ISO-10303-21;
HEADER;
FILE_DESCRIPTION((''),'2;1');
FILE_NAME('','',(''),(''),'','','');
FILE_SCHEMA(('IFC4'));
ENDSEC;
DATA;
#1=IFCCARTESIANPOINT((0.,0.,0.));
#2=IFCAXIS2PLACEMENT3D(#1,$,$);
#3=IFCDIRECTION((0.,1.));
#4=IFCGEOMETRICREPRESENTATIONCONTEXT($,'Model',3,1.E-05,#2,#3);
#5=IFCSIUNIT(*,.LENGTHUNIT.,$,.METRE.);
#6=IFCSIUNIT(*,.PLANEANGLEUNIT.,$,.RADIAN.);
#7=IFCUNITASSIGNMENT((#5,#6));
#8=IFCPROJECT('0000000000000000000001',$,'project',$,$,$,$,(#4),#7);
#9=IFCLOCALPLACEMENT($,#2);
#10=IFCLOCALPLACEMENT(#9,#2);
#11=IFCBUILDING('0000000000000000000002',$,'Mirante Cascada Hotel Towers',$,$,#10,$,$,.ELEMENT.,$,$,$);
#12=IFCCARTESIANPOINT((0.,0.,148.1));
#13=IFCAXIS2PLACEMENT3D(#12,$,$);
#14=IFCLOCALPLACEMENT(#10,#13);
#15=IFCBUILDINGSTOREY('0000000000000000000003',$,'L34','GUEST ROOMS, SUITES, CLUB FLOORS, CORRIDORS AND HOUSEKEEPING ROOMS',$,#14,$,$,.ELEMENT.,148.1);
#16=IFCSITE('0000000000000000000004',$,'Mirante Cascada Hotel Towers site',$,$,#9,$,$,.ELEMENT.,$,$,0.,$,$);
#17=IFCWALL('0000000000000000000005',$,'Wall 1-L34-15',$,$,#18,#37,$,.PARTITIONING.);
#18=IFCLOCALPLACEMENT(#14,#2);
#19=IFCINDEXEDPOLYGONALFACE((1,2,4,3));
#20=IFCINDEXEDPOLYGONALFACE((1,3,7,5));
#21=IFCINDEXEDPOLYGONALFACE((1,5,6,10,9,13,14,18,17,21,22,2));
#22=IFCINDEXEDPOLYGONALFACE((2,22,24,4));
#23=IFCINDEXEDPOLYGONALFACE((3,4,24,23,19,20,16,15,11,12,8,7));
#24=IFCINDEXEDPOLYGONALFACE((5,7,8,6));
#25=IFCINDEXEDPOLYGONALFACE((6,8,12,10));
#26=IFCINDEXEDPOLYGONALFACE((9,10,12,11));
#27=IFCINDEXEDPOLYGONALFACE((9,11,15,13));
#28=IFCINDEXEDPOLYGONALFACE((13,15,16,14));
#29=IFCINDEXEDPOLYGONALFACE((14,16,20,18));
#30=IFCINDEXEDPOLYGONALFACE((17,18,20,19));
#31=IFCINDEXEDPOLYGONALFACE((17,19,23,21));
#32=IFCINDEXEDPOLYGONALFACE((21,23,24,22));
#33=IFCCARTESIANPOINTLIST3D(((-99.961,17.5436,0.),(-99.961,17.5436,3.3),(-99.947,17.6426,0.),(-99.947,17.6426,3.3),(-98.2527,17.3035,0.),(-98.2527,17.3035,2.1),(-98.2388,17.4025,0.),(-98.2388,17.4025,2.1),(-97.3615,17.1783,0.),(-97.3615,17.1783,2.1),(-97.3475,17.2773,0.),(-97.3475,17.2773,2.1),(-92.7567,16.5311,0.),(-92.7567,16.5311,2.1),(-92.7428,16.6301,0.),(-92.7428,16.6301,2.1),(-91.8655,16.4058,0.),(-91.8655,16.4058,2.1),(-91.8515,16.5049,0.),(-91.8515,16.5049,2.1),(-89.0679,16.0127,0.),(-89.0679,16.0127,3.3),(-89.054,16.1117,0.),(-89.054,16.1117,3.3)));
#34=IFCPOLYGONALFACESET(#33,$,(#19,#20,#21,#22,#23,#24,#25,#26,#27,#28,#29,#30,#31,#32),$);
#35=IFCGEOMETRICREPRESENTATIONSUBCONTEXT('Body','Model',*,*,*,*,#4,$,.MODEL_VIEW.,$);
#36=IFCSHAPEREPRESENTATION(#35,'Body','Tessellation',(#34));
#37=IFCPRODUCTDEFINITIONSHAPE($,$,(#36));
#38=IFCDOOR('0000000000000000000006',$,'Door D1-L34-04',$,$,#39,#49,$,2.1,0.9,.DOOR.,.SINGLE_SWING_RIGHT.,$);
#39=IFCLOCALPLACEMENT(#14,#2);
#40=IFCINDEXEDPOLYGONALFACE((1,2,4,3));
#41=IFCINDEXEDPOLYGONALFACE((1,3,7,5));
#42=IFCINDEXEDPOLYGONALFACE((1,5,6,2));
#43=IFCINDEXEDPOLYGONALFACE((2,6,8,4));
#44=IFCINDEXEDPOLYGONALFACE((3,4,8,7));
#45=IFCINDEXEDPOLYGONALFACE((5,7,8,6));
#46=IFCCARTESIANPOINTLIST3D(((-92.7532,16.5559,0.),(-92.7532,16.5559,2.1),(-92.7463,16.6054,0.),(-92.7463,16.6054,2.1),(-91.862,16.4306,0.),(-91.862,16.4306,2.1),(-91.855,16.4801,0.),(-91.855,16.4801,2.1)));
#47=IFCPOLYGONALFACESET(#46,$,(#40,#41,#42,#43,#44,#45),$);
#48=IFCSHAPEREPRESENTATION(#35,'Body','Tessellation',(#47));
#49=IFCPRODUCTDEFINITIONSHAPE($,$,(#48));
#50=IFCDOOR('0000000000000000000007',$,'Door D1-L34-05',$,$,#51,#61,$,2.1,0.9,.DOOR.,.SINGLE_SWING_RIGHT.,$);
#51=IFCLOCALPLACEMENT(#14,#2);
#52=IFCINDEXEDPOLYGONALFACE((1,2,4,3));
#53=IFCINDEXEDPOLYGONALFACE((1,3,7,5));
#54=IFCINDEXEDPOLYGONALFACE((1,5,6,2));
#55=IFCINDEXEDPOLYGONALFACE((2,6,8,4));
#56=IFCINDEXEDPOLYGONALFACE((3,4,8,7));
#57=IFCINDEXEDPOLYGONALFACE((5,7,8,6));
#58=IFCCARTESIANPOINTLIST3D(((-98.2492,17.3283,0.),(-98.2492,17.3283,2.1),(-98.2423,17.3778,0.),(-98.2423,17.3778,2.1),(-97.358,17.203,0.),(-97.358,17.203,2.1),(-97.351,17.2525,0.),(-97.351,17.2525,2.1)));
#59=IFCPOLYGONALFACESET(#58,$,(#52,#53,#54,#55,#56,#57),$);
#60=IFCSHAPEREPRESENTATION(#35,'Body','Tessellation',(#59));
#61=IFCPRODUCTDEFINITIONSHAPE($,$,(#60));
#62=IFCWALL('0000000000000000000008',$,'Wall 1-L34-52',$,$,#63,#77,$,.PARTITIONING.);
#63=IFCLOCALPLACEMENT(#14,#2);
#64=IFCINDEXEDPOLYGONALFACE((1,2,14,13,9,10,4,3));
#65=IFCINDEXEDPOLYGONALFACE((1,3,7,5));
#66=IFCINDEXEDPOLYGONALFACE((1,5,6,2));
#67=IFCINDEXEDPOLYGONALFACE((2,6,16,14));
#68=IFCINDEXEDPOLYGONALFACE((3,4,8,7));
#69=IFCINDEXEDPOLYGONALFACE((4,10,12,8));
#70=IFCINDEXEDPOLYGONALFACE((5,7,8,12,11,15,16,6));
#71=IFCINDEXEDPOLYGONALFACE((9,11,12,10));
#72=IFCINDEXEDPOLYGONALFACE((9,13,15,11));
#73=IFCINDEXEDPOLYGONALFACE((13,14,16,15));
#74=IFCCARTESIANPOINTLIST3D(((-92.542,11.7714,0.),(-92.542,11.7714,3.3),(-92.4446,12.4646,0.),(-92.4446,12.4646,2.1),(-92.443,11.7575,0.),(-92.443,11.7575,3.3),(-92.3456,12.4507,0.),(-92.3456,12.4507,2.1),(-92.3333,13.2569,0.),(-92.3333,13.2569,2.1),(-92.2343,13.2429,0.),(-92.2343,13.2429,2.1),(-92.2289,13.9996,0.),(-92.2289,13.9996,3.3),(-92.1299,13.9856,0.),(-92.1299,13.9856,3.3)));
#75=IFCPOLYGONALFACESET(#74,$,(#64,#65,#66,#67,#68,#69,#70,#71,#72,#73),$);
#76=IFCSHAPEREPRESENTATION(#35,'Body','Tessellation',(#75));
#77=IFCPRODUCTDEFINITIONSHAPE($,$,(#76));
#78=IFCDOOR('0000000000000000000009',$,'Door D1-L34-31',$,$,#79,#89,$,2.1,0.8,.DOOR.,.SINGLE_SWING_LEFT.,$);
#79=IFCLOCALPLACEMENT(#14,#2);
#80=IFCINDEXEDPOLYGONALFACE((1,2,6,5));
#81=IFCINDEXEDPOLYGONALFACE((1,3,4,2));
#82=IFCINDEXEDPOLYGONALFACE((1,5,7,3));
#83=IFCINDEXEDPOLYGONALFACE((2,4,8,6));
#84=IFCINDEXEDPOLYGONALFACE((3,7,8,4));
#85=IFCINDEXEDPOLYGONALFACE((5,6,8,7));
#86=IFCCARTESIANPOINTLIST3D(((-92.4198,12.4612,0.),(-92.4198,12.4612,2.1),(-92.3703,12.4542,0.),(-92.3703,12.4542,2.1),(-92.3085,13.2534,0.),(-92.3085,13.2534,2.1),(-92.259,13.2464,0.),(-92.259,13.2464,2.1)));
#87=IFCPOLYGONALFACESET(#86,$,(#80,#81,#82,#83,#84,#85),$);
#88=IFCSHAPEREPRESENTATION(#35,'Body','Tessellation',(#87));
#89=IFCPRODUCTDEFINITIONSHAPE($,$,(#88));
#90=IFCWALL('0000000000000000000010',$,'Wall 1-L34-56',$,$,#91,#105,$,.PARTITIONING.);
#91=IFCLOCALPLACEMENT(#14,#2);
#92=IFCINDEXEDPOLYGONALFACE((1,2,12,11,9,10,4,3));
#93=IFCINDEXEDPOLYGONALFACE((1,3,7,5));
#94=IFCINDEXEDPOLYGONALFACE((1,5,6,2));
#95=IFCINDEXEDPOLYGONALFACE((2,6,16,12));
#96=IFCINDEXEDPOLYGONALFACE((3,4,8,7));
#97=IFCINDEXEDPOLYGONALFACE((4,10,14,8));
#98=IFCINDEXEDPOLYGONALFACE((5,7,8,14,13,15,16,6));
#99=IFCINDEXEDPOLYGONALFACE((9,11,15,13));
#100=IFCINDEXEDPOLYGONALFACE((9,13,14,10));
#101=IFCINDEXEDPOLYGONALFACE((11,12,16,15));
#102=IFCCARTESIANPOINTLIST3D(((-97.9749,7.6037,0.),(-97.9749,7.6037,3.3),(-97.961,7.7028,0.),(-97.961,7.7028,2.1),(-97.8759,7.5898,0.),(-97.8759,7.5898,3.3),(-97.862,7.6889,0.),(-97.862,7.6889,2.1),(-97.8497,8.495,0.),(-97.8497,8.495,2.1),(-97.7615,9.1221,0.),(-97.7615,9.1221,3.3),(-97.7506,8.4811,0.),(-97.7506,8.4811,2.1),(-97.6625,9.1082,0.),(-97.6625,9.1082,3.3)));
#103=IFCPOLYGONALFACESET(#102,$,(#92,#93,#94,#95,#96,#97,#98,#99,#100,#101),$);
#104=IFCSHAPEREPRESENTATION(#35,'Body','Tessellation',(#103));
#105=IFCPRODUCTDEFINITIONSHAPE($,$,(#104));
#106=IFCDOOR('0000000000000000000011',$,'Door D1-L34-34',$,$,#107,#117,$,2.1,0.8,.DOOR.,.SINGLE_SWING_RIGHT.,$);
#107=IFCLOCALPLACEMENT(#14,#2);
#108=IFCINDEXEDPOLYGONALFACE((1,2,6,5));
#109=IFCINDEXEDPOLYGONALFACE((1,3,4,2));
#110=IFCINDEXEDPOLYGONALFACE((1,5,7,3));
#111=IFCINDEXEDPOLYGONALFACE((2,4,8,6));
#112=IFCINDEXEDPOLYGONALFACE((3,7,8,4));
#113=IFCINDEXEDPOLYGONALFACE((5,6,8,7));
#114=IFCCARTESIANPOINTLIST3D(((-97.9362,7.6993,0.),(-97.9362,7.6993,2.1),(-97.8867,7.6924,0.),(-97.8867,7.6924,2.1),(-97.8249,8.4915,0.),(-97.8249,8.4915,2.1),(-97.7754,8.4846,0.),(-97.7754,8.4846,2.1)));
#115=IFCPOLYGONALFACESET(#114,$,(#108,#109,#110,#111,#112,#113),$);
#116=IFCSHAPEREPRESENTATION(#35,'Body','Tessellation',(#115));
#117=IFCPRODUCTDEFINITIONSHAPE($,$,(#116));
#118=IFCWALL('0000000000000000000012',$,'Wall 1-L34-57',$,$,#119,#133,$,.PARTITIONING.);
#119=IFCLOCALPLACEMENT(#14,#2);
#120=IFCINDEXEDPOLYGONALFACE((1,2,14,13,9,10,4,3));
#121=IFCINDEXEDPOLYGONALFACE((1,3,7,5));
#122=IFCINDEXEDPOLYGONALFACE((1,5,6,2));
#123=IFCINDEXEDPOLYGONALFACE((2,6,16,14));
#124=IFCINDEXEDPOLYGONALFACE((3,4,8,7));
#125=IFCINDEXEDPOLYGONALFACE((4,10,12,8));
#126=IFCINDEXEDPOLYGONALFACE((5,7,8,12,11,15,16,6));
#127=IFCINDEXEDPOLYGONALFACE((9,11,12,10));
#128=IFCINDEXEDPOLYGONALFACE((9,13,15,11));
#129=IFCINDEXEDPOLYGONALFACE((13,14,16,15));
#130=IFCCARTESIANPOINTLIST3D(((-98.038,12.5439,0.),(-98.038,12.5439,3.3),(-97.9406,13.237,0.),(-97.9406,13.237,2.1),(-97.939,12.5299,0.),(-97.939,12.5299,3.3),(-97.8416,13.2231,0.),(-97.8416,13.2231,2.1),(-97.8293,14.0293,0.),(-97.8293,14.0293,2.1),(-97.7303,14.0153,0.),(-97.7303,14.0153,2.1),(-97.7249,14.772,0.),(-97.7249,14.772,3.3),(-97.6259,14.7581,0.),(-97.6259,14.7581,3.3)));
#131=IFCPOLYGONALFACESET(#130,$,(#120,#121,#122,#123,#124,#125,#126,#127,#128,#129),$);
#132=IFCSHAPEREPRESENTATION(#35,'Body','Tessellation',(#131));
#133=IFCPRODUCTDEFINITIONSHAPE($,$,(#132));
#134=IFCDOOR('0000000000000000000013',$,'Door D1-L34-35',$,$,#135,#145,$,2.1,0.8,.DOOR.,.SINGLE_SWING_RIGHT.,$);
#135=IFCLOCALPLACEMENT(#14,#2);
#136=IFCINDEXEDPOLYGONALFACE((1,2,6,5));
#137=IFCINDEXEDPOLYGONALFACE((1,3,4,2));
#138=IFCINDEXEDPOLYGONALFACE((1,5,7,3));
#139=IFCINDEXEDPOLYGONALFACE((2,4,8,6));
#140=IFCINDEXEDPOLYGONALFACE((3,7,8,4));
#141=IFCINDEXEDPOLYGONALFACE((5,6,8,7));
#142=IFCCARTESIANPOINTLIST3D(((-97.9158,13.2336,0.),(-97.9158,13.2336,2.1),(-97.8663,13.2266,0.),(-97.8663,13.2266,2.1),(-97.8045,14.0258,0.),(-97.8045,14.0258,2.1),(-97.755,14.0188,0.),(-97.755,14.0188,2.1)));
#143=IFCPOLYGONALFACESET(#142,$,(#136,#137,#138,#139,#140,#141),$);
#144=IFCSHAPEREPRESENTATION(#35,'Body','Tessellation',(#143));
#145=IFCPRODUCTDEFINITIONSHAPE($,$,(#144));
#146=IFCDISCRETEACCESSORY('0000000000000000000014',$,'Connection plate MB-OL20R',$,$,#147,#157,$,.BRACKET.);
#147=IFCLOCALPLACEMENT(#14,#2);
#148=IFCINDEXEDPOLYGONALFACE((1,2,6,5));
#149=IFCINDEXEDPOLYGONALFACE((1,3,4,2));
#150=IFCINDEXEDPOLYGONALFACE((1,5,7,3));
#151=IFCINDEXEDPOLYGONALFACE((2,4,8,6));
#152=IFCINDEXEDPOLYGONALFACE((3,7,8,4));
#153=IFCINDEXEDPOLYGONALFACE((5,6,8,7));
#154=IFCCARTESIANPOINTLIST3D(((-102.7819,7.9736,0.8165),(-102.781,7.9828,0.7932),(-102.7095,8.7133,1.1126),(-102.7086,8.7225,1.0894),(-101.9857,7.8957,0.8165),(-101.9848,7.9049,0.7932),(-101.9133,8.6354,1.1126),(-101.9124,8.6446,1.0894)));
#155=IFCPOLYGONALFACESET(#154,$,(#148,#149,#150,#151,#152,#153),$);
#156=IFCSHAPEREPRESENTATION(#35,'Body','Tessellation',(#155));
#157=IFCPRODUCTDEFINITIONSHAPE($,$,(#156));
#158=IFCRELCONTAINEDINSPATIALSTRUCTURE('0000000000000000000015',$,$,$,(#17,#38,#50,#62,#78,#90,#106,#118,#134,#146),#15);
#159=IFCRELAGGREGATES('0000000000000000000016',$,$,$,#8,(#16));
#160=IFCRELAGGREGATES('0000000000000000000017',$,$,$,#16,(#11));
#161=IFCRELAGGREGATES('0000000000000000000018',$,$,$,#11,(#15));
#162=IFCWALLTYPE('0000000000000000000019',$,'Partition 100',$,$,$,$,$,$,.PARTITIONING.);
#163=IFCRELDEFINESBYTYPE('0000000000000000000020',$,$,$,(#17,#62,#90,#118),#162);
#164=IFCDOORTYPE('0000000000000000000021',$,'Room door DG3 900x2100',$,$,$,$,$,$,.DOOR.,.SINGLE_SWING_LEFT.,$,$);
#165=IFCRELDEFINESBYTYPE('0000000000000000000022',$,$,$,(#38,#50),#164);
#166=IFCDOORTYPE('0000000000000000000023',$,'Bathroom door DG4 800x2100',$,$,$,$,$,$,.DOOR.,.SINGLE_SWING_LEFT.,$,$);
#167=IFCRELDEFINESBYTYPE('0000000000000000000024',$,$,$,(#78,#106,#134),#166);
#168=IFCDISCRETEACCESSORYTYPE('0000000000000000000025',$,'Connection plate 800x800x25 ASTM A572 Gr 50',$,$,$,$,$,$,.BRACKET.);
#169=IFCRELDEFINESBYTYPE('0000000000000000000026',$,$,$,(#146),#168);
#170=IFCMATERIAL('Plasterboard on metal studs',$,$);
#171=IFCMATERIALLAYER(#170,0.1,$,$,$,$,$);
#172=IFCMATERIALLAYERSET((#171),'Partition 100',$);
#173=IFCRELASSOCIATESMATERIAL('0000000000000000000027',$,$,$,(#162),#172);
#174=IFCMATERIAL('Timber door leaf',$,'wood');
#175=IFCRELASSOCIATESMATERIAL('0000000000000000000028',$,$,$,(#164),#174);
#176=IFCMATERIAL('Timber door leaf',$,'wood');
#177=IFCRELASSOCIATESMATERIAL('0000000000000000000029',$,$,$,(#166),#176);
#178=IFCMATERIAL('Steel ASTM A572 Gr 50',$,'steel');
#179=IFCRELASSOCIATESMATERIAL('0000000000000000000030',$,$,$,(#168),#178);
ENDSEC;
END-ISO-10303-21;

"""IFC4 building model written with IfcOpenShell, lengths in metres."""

from ifc_helpers import new_model, si_unit, direction, frame, frame_2d, origin, origin_2d, place, context, subcontext, project, spatial, rectangle, extrude, material, layer, layer_set, material_profile, profile_set, type_object, element, fill, save


model = new_model("IFC4")

# Units and contexts
model_context = context("Model", 3, precision=1e-05, world=origin(), true_north=direction((0.0, 1.0)))
body_context = subcontext(model_context, "Body", "Model", "MODEL_VIEW")
ifc_project = project(units=[si_unit("LENGTHUNIT", "METRE"), si_unit("PLANEANGLEUNIT", "RADIAN")], contexts=[model_context])

# Site, building, storey
site_placement = place(None, origin())
site = spatial("IfcSite", under=ifc_project, at=site_placement, Name="Mirante Cascada Hotel Towers site", CompositionType="ELEMENT", RefElevation=0.0)
building_placement = place(site_placement, origin())
building = spatial("IfcBuilding", under=site, at=building_placement, Name="Mirante Cascada Hotel Towers", CompositionType="ELEMENT")
storey_placement = place(building_placement, frame((0.0, 0.0, 148.1)))
storey = spatial("IfcBuildingStorey", under=building, at=storey_placement, Name="L34", Description="GUEST ROOMS, SUITES, CLUB FLOORS, CORRIDORS AND HOUSEKEEPING ROOMS", CompositionType="ELEMENT", Elevation=148.1)

# Shared definitions
ifc_material_1 = material(Name="Plasterboard on metal studs")
ifc_layer_1 = layer(ifc_material_1, 0.1)
ifc_layer_set_1 = layer_set([ifc_layer_1], Name="Partition 100")
wall_type_1 = type_object("IfcWallType", Name="Partition 100", PredefinedType="PARTITIONING", material=ifc_layer_set_1)

# Wall, openings, doors
wall_1_placement = place(storey_placement, frame((-89.061, 16.0622, 0.0), z_axis=(0.0, 0.0, 1.0), x_axis=(-0.990268, 0.139172, 0.0)))
wall_1 = element("IfcWall", 1, at=wall_1_placement, inside=storey, type_object=wall_type_1, Name="Wall 1-L34-15", PredefinedType="PARTITIONING", context=body_context, shape_type="SweptSolid", body=[
    extrude(rectangle(XDim=11.0001, YDim=0.1, at=frame_2d((5.5, 0.0))), origin(), (0.0, 0.0, 1.0), 3.3),
])
opening_1_placement = place(wall_1_placement, frame((2.825, 0.0, 0.0)))
opening_1 = element("IfcOpeningElement", 2, at=opening_1_placement, cuts=wall_1, PredefinedType="OPENING", context=body_context, shape_type="SweptSolid", body=[
    extrude(rectangle(XDim=0.9, YDim=2.1, at=frame_2d((0.45, 1.05))), frame((0.0, 0.05, 0.0), z_axis=(0.0, -1.0, 0.0), x_axis=(1.0, 0.0, 0.0)), (0.0, 0.0, 1.0), 0.1),
])
opening_2_placement = place(wall_1_placement, frame((8.375, 0.0, 0.0)))
opening_2 = element("IfcOpeningElement", 3, at=opening_2_placement, cuts=wall_1, PredefinedType="OPENING", context=body_context, shape_type="SweptSolid", body=[
    extrude(rectangle(XDim=0.9, YDim=2.1, at=frame_2d((0.45, 1.05))), frame((0.0, 0.05, 0.0), z_axis=(0.0, -1.0, 0.0), x_axis=(1.0, 0.0, 0.0)), (0.0, 0.0, 1.0), 0.1),
])
ifc_material_2 = material(Name="Timber door leaf", Category="wood")
door_type_1 = type_object("IfcDoorType", Name="Room door DG3 900x2100", OperationType="SINGLE_SWING_LEFT", PredefinedType="DOOR", material=ifc_material_2)
door_1_placement = place(opening_1_placement, frame((0.9, 0.0, 0.0), z_axis=(0.0, 0.0, 1.0), x_axis=(-1.0, 0.0, 0.0)))
door_1 = element("IfcDoor", 4, at=door_1_placement, inside=storey, type_object=door_type_1, Name="Door D1-L34-04", OperationType="SINGLE_SWING_RIGHT", OverallHeight=2.1, OverallWidth=0.9, PredefinedType="DOOR", context=body_context, shape_type="SweptSolid", body=[
    extrude(rectangle(XDim=0.9, YDim=2.1, at=frame_2d((0.45, 1.05))), frame((0.0, 0.025, 0.0), z_axis=(0.0, -1.0, 0.0), x_axis=(1.0, 0.0, 0.0)), (0.0, 0.0, 1.0), 0.05),
])
fill(opening_1, door_1)
door_2_placement = place(opening_2_placement, frame((0.9, 0.0, 0.0), z_axis=(0.0, 0.0, 1.0), x_axis=(-1.0, 0.0, 0.0)))
door_2 = element("IfcDoor", 5, at=door_2_placement, inside=storey, type_object=door_type_1, Name="Door D1-L34-05", OperationType="SINGLE_SWING_RIGHT", OverallHeight=2.1, OverallWidth=0.9, PredefinedType="DOOR", context=body_context, shape_type="SweptSolid", body=[
    extrude(rectangle(XDim=0.9, YDim=2.1, at=frame_2d((0.45, 1.05))), frame((0.0, 0.025, 0.0), z_axis=(0.0, -1.0, 0.0), x_axis=(1.0, 0.0, 0.0)), (0.0, 0.0, 1.0), 0.05),
])
fill(opening_2, door_2)

# Walls, openings, doors
wall_2_placement = place(storey_placement, frame((-92.1794, 13.9926, 0.0), z_axis=(0.0, 0.0, 1.0), x_axis=(-0.139156, -0.990271, 0.0)))
wall_2 = element("IfcWall", 6, at=wall_2_placement, inside=storey, type_object=wall_type_1, Name="Wall 1-L34-52", PredefinedType="PARTITIONING", context=body_context, shape_type="SweptSolid", body=[
    extrude(rectangle(XDim=2.25, YDim=0.1, at=frame_2d((1.125, 0.0))), origin(), (0.0, 0.0, 1.0), 3.3),
])
opening_3_placement = place(wall_2_placement, frame((0.75, 0.0, 0.0)))
opening_3 = element("IfcOpeningElement", 7, at=opening_3_placement, cuts=wall_2, PredefinedType="OPENING", context=body_context, shape_type="SweptSolid", body=[
    extrude(rectangle(XDim=0.8, YDim=2.1, at=frame_2d((0.4, 1.05))), frame((0.0, 0.05, 0.0), z_axis=(0.0, -1.0, 0.0), x_axis=(1.0, 0.0, 0.0)), (0.0, 0.0, 1.0), 0.1),
])
ifc_material_3 = material(Name="Timber door leaf", Category="wood")
door_type_2 = type_object("IfcDoorType", Name="Bathroom door DG4 800x2100", OperationType="SINGLE_SWING_LEFT", PredefinedType="DOOR", material=ifc_material_3)
door_3_placement = place(opening_3_placement, origin())
door_3 = element("IfcDoor", 8, at=door_3_placement, inside=storey, type_object=door_type_2, Name="Door D1-L34-31", OperationType="SINGLE_SWING_LEFT", OverallHeight=2.1, OverallWidth=0.8, PredefinedType="DOOR", context=body_context, shape_type="SweptSolid", body=[
    extrude(rectangle(XDim=0.8, YDim=2.1, at=frame_2d((0.4, 1.05))), frame((0.0, 0.025, 0.0), z_axis=(0.0, -1.0, 0.0), x_axis=(1.0, 0.0, 0.0)), (0.0, 0.0, 1.0), 0.05),
])
fill(opening_3, door_3)
wall_3_placement = place(storey_placement, frame((-97.712, 9.1152, 0.0), z_axis=(0.0, 0.0, 1.0), x_axis=(-0.139175, -0.990268, 0.0)))
wall_3 = element("IfcWall", 9, at=wall_3_placement, inside=storey, type_object=wall_type_1, Name="Wall 1-L34-56", PredefinedType="PARTITIONING", context=body_context, shape_type="SweptSolid", body=[
    extrude(rectangle(XDim=1.5333, YDim=0.1, at=frame_2d((0.7667, 0.0))), origin(), (0.0, 0.0, 1.0), 3.3),
])
opening_4_placement = place(wall_3_placement, frame((0.6333, 0.0, 0.0)))
opening_4 = element("IfcOpeningElement", 10, at=opening_4_placement, cuts=wall_3, PredefinedType="OPENING", context=body_context, shape_type="SweptSolid", body=[
    extrude(rectangle(XDim=0.8, YDim=2.1, at=frame_2d((0.4, 1.05))), frame((0.0, 0.05, 0.0), z_axis=(0.0, -1.0, 0.0), x_axis=(1.0, 0.0, 0.0)), (0.0, 0.0, 1.0), 0.1),
])
door_4_placement = place(opening_4_placement, frame((0.8, 0.0, 0.0), z_axis=(0.0, 0.0, 1.0), x_axis=(-1.0, 0.0, 0.0)))
door_4 = element("IfcDoor", 11, at=door_4_placement, inside=storey, type_object=door_type_2, Name="Door D1-L34-34", OperationType="SINGLE_SWING_RIGHT", OverallHeight=2.1, OverallWidth=0.8, PredefinedType="DOOR", context=body_context, shape_type="SweptSolid", body=[
    extrude(rectangle(XDim=0.8, YDim=2.1, at=frame_2d((0.4, 1.05))), frame((0.0, 0.025, 0.0), z_axis=(0.0, -1.0, 0.0), x_axis=(1.0, 0.0, 0.0)), (0.0, 0.0, 1.0), 0.05),
])
fill(opening_4, door_4)
wall_4_placement = place(storey_placement, frame((-97.9885, 12.5369, 0.0), z_axis=(0.0, 0.0, 1.0), x_axis=(0.139156, 0.990271, 0.0)))
wall_4 = element("IfcWall", 12, at=wall_4_placement, inside=storey, type_object=wall_type_1, Name="Wall 1-L34-57", PredefinedType="PARTITIONING", context=body_context, shape_type="SweptSolid", body=[
    extrude(rectangle(XDim=2.25, YDim=0.1, at=frame_2d((1.125, 0.0))), origin(), (0.0, 0.0, 1.0), 3.3),
])
opening_5_placement = place(wall_4_placement, frame((0.7, 0.0, 0.0)))
opening_5 = element("IfcOpeningElement", 13, at=opening_5_placement, cuts=wall_4, PredefinedType="OPENING", context=body_context, shape_type="SweptSolid", body=[
    extrude(rectangle(XDim=0.8, YDim=2.1, at=frame_2d((0.4, 1.05))), frame((0.0, 0.05, 0.0), z_axis=(0.0, -1.0, 0.0), x_axis=(1.0, 0.0, 0.0)), (0.0, 0.0, 1.0), 0.1),
])
door_5_placement = place(opening_5_placement, frame((0.8, 0.0, 0.0), z_axis=(0.0, 0.0, 1.0), x_axis=(-1.0, 0.0, 0.0)))
door_5 = element("IfcDoor", 14, at=door_5_placement, inside=storey, type_object=door_type_2, Name="Door D1-L34-35", OperationType="SINGLE_SWING_RIGHT", OverallHeight=2.1, OverallWidth=0.8, PredefinedType="DOOR", context=body_context, shape_type="SweptSolid", body=[
    extrude(rectangle(XDim=0.8, YDim=2.1, at=frame_2d((0.4, 1.05))), frame((0.0, 0.025, 0.0), z_axis=(0.0, -1.0, 0.0), x_axis=(1.0, 0.0, 0.0)), (0.0, 0.0, 1.0), 0.05),
])
fill(opening_5, door_5)

# Discrete accessory
ifc_material_4 = material(Name="Steel ASTM A572 Gr 50", Category="steel")
ifc_material_profile_1 = material_profile(ifc_material_4, rectangle(XDim=0.8, YDim=0.8, at=origin_2d()), Name="Connection plate 800x800x25 ASTM A572 Gr 50")
ifc_profile_set_1 = profile_set([ifc_material_profile_1], Name="Steel ASTM A572 Gr 50")
discrete_accessory_type = type_object("IfcDiscreteAccessoryType", Name="Connection plate 800x800x25 ASTM A572 Gr 50", PredefinedType="BRACKET", material=ifc_profile_set_1)
discrete_accessory_placement = place(storey_placement, frame((-102.3467, 8.3137, 0.9413), z_axis=(-0.036038, -0.368386, 0.928974), x_axis=(0.995249, -0.097361, 0.0)))
element("IfcDiscreteAccessory", 15, at=discrete_accessory_placement, inside=storey, type_object=discrete_accessory_type, Name="Connection plate MB-OL20R", PredefinedType="BRACKET", context=body_context, shape_type="SweptSolid", body=[
    extrude(rectangle(XDim=0.8, YDim=0.8, at=origin_2d()), origin(), (0.0, 0.0, 1.0), 0.025),
])

save(model, "model.ifc")
